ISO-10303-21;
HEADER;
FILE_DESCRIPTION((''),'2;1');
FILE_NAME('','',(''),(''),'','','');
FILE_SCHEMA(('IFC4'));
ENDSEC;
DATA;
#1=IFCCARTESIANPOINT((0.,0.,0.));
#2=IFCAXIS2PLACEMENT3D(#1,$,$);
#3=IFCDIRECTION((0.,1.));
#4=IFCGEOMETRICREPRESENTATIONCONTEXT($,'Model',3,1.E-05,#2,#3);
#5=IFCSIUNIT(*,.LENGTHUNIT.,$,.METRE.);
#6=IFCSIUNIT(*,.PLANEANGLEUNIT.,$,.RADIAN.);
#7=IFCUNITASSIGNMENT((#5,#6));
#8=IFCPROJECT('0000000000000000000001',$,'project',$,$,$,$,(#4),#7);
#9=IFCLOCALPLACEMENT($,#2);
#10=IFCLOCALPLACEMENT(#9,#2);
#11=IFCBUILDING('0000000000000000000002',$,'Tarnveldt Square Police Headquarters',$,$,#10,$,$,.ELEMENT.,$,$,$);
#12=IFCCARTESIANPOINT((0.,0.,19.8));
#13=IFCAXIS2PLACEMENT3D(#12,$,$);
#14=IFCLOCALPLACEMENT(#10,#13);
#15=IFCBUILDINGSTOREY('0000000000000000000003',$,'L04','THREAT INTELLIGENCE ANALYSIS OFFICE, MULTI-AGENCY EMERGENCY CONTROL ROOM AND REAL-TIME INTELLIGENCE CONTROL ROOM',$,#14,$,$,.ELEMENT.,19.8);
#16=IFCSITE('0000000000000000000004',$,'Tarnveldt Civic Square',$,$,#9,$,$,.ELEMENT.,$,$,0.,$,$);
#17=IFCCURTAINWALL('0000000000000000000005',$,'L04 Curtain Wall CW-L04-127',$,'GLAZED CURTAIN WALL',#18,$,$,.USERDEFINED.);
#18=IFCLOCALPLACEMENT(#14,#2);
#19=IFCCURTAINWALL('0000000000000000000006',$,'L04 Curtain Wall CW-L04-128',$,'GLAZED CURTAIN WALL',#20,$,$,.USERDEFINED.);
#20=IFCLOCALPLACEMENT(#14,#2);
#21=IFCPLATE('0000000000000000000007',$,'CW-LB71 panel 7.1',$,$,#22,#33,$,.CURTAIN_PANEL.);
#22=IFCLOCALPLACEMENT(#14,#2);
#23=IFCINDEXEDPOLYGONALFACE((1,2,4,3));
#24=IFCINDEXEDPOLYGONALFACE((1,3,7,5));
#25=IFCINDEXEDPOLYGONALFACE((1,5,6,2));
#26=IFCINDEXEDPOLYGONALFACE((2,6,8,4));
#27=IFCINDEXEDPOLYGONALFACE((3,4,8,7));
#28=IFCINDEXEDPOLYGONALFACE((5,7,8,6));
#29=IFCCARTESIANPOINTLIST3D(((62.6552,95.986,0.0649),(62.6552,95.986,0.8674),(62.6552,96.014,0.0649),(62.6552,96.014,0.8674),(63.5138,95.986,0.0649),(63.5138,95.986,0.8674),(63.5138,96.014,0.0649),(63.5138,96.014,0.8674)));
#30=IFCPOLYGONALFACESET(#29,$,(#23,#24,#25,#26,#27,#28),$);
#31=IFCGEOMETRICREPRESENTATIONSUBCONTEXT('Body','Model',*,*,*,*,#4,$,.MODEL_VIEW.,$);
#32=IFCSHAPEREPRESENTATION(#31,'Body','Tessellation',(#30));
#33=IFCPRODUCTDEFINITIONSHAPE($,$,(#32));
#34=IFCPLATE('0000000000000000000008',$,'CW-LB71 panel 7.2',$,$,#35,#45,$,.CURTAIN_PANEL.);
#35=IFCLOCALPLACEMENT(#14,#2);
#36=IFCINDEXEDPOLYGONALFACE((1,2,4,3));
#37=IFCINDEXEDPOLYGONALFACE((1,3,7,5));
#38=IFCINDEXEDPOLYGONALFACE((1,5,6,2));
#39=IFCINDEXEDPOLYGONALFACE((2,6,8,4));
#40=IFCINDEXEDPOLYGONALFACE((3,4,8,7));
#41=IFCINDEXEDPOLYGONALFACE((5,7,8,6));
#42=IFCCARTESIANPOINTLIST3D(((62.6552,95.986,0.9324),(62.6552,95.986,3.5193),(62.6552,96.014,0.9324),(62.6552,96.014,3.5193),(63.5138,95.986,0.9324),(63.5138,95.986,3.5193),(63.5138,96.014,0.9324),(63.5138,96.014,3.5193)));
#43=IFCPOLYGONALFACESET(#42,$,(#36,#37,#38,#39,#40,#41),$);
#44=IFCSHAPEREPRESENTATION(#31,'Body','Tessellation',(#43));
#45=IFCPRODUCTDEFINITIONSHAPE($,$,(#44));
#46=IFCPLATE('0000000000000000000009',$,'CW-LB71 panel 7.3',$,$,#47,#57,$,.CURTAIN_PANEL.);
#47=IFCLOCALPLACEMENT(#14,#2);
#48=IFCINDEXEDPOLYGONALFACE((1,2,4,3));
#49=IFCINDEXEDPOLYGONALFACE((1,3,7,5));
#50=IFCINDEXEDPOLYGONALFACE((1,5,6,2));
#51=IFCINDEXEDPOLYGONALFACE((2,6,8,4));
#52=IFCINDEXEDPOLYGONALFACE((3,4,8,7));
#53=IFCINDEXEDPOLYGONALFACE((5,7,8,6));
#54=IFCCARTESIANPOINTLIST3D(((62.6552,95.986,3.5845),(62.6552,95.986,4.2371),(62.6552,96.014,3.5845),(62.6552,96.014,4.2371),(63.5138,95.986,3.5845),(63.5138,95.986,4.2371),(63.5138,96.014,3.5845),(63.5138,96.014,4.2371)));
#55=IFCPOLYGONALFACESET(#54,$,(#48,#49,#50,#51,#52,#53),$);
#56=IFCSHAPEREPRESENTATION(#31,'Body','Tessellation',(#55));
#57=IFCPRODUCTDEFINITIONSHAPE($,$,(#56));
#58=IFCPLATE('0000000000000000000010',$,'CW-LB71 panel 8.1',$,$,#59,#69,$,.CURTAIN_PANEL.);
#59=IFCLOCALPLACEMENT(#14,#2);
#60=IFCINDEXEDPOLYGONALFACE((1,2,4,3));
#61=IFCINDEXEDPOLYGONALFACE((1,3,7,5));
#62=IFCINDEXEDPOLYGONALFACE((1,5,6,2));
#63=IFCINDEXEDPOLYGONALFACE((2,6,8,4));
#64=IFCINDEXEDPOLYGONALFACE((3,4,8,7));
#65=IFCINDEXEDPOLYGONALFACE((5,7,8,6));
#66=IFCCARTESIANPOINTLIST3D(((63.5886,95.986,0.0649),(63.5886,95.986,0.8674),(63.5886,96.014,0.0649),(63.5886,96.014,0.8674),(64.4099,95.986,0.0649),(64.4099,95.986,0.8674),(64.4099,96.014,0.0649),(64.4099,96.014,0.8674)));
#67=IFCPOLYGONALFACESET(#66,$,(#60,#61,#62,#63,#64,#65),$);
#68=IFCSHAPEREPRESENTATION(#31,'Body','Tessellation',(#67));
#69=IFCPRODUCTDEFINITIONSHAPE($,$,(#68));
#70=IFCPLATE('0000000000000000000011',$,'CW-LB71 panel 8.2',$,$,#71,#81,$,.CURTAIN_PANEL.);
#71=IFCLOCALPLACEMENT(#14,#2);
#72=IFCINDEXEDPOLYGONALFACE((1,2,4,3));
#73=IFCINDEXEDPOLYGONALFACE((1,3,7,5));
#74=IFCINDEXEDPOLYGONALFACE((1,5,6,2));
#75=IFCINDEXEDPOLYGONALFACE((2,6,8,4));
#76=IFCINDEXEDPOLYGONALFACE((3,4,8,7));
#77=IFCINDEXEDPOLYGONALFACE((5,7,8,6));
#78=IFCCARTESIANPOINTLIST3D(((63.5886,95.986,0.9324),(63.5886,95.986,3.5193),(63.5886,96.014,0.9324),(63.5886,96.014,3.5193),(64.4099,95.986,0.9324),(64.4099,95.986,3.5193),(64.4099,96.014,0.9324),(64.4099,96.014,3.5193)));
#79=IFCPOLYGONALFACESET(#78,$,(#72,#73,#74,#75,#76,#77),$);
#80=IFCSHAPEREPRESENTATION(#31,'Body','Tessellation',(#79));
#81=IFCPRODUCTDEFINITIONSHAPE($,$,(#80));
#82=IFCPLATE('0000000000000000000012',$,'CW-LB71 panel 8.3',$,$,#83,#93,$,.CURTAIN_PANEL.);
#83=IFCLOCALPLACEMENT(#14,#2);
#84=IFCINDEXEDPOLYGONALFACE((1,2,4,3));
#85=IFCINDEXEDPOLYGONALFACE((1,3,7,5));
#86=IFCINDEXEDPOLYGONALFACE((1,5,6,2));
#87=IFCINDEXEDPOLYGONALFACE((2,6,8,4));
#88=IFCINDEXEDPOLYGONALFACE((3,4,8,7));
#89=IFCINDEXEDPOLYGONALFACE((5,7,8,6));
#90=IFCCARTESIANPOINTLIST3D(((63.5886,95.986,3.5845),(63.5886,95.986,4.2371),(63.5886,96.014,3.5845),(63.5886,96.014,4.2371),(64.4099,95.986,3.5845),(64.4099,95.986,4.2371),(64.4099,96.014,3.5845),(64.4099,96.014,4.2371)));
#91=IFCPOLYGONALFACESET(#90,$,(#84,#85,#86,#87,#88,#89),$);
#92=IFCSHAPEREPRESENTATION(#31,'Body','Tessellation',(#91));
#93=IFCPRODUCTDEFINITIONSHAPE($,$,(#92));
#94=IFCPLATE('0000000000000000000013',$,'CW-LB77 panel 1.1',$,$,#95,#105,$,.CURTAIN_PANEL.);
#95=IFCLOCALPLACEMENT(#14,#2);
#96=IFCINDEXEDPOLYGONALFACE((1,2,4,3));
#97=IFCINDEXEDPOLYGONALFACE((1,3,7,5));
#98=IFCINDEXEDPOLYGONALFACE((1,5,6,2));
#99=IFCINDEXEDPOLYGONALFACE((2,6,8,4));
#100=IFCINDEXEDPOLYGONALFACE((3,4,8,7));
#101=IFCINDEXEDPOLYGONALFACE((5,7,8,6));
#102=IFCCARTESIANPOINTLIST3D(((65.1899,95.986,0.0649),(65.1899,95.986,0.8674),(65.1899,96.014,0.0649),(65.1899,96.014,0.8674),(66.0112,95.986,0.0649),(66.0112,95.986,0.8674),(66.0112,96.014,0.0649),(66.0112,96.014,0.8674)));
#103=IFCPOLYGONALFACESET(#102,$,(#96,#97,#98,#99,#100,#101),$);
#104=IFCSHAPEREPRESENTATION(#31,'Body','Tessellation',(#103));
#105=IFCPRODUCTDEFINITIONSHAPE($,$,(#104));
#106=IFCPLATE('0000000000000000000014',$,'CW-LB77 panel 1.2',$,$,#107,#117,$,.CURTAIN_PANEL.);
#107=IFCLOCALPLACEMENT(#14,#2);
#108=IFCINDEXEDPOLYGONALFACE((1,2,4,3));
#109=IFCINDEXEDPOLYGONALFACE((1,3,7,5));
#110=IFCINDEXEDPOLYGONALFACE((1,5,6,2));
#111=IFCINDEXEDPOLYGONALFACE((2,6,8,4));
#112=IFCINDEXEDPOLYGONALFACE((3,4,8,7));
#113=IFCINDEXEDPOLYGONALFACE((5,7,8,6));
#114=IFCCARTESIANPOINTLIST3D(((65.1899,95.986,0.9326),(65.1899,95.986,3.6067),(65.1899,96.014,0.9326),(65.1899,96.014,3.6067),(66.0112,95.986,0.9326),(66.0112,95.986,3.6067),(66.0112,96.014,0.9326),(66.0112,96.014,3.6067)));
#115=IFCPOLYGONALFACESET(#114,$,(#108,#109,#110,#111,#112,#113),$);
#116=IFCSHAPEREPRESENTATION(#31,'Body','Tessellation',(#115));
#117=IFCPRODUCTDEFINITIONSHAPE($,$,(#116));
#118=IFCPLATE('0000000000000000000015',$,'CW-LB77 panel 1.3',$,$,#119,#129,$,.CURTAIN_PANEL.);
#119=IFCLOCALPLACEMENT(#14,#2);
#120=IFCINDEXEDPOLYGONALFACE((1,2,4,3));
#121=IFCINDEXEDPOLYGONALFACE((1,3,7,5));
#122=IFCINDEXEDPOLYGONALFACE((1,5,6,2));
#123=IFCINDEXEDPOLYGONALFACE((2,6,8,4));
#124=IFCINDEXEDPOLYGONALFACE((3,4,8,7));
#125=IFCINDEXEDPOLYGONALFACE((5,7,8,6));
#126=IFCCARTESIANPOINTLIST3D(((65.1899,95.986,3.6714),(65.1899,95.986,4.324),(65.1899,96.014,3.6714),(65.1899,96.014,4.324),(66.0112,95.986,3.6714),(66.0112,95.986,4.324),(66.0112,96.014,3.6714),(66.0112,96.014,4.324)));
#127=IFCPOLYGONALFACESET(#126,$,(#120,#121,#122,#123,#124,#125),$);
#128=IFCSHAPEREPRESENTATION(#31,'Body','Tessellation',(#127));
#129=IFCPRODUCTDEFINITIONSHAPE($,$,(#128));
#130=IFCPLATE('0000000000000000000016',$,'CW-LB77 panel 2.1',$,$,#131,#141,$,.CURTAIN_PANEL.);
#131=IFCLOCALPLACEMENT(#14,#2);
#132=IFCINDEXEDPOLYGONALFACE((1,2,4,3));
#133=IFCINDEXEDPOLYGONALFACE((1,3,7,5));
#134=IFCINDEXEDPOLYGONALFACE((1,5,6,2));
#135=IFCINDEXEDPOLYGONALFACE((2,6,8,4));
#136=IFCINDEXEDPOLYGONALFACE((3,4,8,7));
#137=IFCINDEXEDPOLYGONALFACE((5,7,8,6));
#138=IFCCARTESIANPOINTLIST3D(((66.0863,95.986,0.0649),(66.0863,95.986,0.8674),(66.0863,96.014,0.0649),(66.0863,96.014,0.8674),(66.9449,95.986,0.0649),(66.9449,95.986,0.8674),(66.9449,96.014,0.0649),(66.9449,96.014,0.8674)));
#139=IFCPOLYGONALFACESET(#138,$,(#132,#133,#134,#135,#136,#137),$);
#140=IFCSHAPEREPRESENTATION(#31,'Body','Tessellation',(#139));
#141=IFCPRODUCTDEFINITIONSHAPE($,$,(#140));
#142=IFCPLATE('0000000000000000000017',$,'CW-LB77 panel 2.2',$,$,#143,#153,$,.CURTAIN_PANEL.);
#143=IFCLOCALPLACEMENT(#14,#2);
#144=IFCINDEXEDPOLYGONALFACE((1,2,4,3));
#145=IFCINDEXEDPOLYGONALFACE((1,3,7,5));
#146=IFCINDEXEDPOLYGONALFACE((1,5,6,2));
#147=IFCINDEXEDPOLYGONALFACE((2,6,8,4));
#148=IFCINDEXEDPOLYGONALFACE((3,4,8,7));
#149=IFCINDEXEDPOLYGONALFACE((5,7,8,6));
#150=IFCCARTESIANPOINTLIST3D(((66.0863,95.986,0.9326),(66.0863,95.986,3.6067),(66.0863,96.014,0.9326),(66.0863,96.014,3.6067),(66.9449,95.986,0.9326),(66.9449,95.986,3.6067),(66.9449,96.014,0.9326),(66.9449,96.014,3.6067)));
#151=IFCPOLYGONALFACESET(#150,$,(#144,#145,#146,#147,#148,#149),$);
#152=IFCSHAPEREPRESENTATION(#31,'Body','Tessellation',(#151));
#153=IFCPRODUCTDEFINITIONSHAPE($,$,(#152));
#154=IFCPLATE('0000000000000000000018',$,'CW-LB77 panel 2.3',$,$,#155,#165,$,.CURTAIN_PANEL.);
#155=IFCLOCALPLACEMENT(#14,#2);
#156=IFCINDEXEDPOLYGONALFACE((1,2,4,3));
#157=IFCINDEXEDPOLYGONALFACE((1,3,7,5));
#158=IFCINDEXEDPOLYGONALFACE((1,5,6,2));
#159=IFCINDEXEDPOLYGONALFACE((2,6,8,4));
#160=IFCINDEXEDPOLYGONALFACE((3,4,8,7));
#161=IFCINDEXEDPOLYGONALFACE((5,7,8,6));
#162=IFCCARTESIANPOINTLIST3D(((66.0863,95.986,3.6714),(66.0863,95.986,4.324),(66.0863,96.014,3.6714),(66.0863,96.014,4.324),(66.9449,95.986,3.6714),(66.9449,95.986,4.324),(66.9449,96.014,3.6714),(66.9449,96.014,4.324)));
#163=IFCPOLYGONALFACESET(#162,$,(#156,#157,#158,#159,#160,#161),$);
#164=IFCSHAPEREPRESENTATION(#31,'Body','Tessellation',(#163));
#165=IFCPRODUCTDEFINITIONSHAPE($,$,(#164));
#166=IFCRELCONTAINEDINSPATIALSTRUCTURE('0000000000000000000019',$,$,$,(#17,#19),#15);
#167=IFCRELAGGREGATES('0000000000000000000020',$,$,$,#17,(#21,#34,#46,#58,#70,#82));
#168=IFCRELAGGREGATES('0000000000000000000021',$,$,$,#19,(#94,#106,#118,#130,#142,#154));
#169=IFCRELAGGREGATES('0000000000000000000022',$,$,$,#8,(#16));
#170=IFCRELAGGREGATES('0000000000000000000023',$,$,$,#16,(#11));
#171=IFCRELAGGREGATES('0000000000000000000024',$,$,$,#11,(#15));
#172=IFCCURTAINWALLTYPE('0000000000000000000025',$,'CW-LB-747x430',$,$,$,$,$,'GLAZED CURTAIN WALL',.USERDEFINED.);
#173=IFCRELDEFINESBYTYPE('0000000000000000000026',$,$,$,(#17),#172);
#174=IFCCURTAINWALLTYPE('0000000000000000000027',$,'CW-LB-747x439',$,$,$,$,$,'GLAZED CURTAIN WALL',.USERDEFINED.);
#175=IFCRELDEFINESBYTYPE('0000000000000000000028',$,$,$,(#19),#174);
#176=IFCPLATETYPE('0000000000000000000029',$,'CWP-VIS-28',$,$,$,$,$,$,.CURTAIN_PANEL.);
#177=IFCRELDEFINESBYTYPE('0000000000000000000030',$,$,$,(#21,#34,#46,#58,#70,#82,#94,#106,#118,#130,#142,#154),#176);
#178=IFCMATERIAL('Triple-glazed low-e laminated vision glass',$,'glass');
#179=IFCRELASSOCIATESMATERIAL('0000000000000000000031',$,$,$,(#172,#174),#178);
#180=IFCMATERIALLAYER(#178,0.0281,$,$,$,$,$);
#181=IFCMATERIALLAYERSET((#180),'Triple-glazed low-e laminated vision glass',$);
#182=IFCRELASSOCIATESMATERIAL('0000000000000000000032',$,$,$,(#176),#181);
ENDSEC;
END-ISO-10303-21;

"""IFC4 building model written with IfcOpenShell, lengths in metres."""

from ifc_helpers import new_model, si_unit, direction, frame, origin, origin_2d, place, context, subcontext, project, spatial, rectangle, extrude, material, layer, layer_set, type_object, element, aggregate, save


model = new_model("IFC4")

# Units and contexts
model_context = context("Model", 3, precision=1e-05, world=origin(), true_north=direction((0.0, 1.0)))
body_context = subcontext(model_context, "Body", "Model", "MODEL_VIEW")
ifc_project = project(units=[si_unit("LENGTHUNIT", "METRE"), si_unit("PLANEANGLEUNIT", "RADIAN")], contexts=[model_context])

# Site, building, storey
site_placement = place(None, origin())
site = spatial("IfcSite", under=ifc_project, at=site_placement, Name="Tarnveldt Civic Square", CompositionType="ELEMENT", RefElevation=0.0)
building_placement = place(site_placement, origin())
building = spatial("IfcBuilding", under=site, at=building_placement, Name="Tarnveldt Square Police Headquarters", CompositionType="ELEMENT")
storey_placement = place(building_placement, frame((0.0, 0.0, 19.8)))
storey = spatial("IfcBuildingStorey", under=building, at=storey_placement, Name="L04", Description="THREAT INTELLIGENCE ANALYSIS OFFICE, MULTI-AGENCY EMERGENCY CONTROL ROOM AND REAL-TIME INTELLIGENCE CONTROL ROOM", CompositionType="ELEMENT", Elevation=19.8)

# Curtain walls
ifc_material_1 = material(Name="Triple-glazed low-e laminated vision glass", Category="glass")
curtain_wall_type_1 = type_object("IfcCurtainWallType", Name="CW-LB-747x430", ElementType="GLAZED CURTAIN WALL", PredefinedType="USERDEFINED", material=ifc_material_1)
curtain_wall_1_placement = place(storey_placement, origin())
curtain_wall_1 = element("IfcCurtainWall", 1, at=curtain_wall_1_placement, inside=storey, type_object=curtain_wall_type_1, Name="L04 Curtain Wall CW-L04-127", ObjectType="GLAZED CURTAIN WALL", PredefinedType="USERDEFINED")
curtain_wall_type_2 = type_object("IfcCurtainWallType", Name="CW-LB-747x439", ElementType="GLAZED CURTAIN WALL", PredefinedType="USERDEFINED", material=ifc_material_1)
curtain_wall_2_placement = place(storey_placement, origin())
curtain_wall_2 = element("IfcCurtainWall", 2, at=curtain_wall_2_placement, inside=storey, type_object=curtain_wall_type_2, Name="L04 Curtain Wall CW-L04-128", ObjectType="GLAZED CURTAIN WALL", PredefinedType="USERDEFINED")

# Plates
ifc_layer = layer(ifc_material_1, 0.0281)
ifc_layer_set = layer_set([ifc_layer], Name="Triple-glazed low-e laminated vision glass")
plate_type = type_object("IfcPlateType", Name="CWP-VIS-28", PredefinedType="CURTAIN_PANEL", material=ifc_layer_set)
plate_1_placement = place(storey_placement, frame((63.0845, 96.0, 0.0649), z_axis=(0.0, 0.0, 1.0), x_axis=(1.0, 0.0, 0.0)))
plate_1 = element("IfcPlate", 3, at=plate_1_placement, type_object=plate_type, Name="CW-LB71 panel 7.1", PredefinedType="CURTAIN_PANEL", context=body_context, shape_type="SweptSolid", body=[
    extrude(rectangle(XDim=0.8586, YDim=0.0281, at=origin_2d()), origin(), (0.0, 0.0, 1.0), 0.8025),
])
plate_2_placement = place(storey_placement, frame((63.0845, 96.0, 0.9324), z_axis=(0.0, 0.0, 1.0), x_axis=(1.0, 0.0, 0.0)))
plate_2 = element("IfcPlate", 4, at=plate_2_placement, type_object=plate_type, Name="CW-LB71 panel 7.2", PredefinedType="CURTAIN_PANEL", context=body_context, shape_type="SweptSolid", body=[
    extrude(rectangle(XDim=0.8586, YDim=0.0281, at=origin_2d()), origin(), (0.0, 0.0, 1.0), 2.5869),
])
plate_3_placement = place(storey_placement, frame((63.0845, 96.0, 3.5845), z_axis=(0.0, 0.0, 1.0), x_axis=(1.0, 0.0, 0.0)))
plate_3 = element("IfcPlate", 5, at=plate_3_placement, type_object=plate_type, Name="CW-LB71 panel 7.3", PredefinedType="CURTAIN_PANEL", context=body_context, shape_type="SweptSolid", body=[
    extrude(rectangle(XDim=0.8586, YDim=0.0281, at=origin_2d()), origin(), (0.0, 0.0, 1.0), 0.6526),
])
plate_4_placement = place(storey_placement, frame((63.9993, 96.0, 0.0649), z_axis=(0.0, 0.0, 1.0), x_axis=(1.0, 0.0, 0.0)))
plate_4 = element("IfcPlate", 6, at=plate_4_placement, type_object=plate_type, Name="CW-LB71 panel 8.1", PredefinedType="CURTAIN_PANEL", context=body_context, shape_type="SweptSolid", body=[
    extrude(rectangle(XDim=0.8213, YDim=0.0281, at=origin_2d()), origin(), (0.0, 0.0, 1.0), 0.8025),
])
plate_5_placement = place(storey_placement, frame((63.9993, 96.0, 0.9324), z_axis=(0.0, 0.0, 1.0), x_axis=(1.0, 0.0, 0.0)))
plate_5 = element("IfcPlate", 7, at=plate_5_placement, type_object=plate_type, Name="CW-LB71 panel 8.2", PredefinedType="CURTAIN_PANEL", context=body_context, shape_type="SweptSolid", body=[
    extrude(rectangle(XDim=0.8213, YDim=0.0281, at=origin_2d()), origin(), (0.0, 0.0, 1.0), 2.5869),
])
plate_6_placement = place(storey_placement, frame((63.9993, 96.0, 3.5845), z_axis=(0.0, 0.0, 1.0), x_axis=(1.0, 0.0, 0.0)))
plate_6 = element("IfcPlate", 8, at=plate_6_placement, type_object=plate_type, Name="CW-LB71 panel 8.3", PredefinedType="CURTAIN_PANEL", context=body_context, shape_type="SweptSolid", body=[
    extrude(rectangle(XDim=0.8213, YDim=0.0281, at=origin_2d()), origin(), (0.0, 0.0, 1.0), 0.6526),
])
aggregate(curtain_wall_1, [plate_1, plate_2, plate_3, plate_4, plate_5, plate_6])
plate_7_placement = place(storey_placement, frame((65.6006, 96.0, 0.0649), z_axis=(0.0, 0.0, 1.0), x_axis=(1.0, 0.0, 0.0)))
plate_7 = element("IfcPlate", 9, at=plate_7_placement, type_object=plate_type, Name="CW-LB77 panel 1.1", PredefinedType="CURTAIN_PANEL", context=body_context, shape_type="SweptSolid", body=[
    extrude(rectangle(XDim=0.8213, YDim=0.0281, at=origin_2d()), origin(), (0.0, 0.0, 1.0), 0.8025),
])
plate_8_placement = place(storey_placement, frame((65.6006, 96.0, 0.9326), z_axis=(0.0, 0.0, 1.0), x_axis=(1.0, 0.0, 0.0)))
plate_8 = element("IfcPlate", 10, at=plate_8_placement, type_object=plate_type, Name="CW-LB77 panel 1.2", PredefinedType="CURTAIN_PANEL", context=body_context, shape_type="SweptSolid", body=[
    extrude(rectangle(XDim=0.8213, YDim=0.0281, at=origin_2d()), origin(), (0.0, 0.0, 1.0), 2.6741),
])
plate_9_placement = place(storey_placement, frame((65.6006, 96.0, 3.6714), z_axis=(0.0, 0.0, 1.0), x_axis=(1.0, 0.0, 0.0)))
plate_9 = element("IfcPlate", 11, at=plate_9_placement, type_object=plate_type, Name="CW-LB77 panel 1.3", PredefinedType="CURTAIN_PANEL", context=body_context, shape_type="SweptSolid", body=[
    extrude(rectangle(XDim=0.8213, YDim=0.0281, at=origin_2d()), origin(), (0.0, 0.0, 1.0), 0.6526),
])
plate_10_placement = place(storey_placement, frame((66.5156, 96.0, 0.0649), z_axis=(0.0, 0.0, 1.0), x_axis=(1.0, 0.0, 0.0)))
plate_10 = element("IfcPlate", 12, at=plate_10_placement, type_object=plate_type, Name="CW-LB77 panel 2.1", PredefinedType="CURTAIN_PANEL", context=body_context, shape_type="SweptSolid", body=[
    extrude(rectangle(XDim=0.8586, YDim=0.0281, at=origin_2d()), origin(), (0.0, 0.0, 1.0), 0.8025),
])
plate_11_placement = place(storey_placement, frame((66.5156, 96.0, 0.9326), z_axis=(0.0, 0.0, 1.0), x_axis=(1.0, 0.0, 0.0)))
plate_11 = element("IfcPlate", 13, at=plate_11_placement, type_object=plate_type, Name="CW-LB77 panel 2.2", PredefinedType="CURTAIN_PANEL", context=body_context, shape_type="SweptSolid", body=[
    extrude(rectangle(XDim=0.8586, YDim=0.0281, at=origin_2d()), origin(), (0.0, 0.0, 1.0), 2.6741),
])
plate_12_placement = place(storey_placement, frame((66.5156, 96.0, 3.6714), z_axis=(0.0, 0.0, 1.0), x_axis=(1.0, 0.0, 0.0)))
plate_12 = element("IfcPlate", 14, at=plate_12_placement, type_object=plate_type, Name="CW-LB77 panel 2.3", PredefinedType="CURTAIN_PANEL", context=body_context, shape_type="SweptSolid", body=[
    extrude(rectangle(XDim=0.8586, YDim=0.0281, at=origin_2d()), origin(), (0.0, 0.0, 1.0), 0.6526),
])
aggregate(curtain_wall_2, [plate_7, plate_8, plate_9, plate_10, plate_11, plate_12])

save(model, "model.ifc")
